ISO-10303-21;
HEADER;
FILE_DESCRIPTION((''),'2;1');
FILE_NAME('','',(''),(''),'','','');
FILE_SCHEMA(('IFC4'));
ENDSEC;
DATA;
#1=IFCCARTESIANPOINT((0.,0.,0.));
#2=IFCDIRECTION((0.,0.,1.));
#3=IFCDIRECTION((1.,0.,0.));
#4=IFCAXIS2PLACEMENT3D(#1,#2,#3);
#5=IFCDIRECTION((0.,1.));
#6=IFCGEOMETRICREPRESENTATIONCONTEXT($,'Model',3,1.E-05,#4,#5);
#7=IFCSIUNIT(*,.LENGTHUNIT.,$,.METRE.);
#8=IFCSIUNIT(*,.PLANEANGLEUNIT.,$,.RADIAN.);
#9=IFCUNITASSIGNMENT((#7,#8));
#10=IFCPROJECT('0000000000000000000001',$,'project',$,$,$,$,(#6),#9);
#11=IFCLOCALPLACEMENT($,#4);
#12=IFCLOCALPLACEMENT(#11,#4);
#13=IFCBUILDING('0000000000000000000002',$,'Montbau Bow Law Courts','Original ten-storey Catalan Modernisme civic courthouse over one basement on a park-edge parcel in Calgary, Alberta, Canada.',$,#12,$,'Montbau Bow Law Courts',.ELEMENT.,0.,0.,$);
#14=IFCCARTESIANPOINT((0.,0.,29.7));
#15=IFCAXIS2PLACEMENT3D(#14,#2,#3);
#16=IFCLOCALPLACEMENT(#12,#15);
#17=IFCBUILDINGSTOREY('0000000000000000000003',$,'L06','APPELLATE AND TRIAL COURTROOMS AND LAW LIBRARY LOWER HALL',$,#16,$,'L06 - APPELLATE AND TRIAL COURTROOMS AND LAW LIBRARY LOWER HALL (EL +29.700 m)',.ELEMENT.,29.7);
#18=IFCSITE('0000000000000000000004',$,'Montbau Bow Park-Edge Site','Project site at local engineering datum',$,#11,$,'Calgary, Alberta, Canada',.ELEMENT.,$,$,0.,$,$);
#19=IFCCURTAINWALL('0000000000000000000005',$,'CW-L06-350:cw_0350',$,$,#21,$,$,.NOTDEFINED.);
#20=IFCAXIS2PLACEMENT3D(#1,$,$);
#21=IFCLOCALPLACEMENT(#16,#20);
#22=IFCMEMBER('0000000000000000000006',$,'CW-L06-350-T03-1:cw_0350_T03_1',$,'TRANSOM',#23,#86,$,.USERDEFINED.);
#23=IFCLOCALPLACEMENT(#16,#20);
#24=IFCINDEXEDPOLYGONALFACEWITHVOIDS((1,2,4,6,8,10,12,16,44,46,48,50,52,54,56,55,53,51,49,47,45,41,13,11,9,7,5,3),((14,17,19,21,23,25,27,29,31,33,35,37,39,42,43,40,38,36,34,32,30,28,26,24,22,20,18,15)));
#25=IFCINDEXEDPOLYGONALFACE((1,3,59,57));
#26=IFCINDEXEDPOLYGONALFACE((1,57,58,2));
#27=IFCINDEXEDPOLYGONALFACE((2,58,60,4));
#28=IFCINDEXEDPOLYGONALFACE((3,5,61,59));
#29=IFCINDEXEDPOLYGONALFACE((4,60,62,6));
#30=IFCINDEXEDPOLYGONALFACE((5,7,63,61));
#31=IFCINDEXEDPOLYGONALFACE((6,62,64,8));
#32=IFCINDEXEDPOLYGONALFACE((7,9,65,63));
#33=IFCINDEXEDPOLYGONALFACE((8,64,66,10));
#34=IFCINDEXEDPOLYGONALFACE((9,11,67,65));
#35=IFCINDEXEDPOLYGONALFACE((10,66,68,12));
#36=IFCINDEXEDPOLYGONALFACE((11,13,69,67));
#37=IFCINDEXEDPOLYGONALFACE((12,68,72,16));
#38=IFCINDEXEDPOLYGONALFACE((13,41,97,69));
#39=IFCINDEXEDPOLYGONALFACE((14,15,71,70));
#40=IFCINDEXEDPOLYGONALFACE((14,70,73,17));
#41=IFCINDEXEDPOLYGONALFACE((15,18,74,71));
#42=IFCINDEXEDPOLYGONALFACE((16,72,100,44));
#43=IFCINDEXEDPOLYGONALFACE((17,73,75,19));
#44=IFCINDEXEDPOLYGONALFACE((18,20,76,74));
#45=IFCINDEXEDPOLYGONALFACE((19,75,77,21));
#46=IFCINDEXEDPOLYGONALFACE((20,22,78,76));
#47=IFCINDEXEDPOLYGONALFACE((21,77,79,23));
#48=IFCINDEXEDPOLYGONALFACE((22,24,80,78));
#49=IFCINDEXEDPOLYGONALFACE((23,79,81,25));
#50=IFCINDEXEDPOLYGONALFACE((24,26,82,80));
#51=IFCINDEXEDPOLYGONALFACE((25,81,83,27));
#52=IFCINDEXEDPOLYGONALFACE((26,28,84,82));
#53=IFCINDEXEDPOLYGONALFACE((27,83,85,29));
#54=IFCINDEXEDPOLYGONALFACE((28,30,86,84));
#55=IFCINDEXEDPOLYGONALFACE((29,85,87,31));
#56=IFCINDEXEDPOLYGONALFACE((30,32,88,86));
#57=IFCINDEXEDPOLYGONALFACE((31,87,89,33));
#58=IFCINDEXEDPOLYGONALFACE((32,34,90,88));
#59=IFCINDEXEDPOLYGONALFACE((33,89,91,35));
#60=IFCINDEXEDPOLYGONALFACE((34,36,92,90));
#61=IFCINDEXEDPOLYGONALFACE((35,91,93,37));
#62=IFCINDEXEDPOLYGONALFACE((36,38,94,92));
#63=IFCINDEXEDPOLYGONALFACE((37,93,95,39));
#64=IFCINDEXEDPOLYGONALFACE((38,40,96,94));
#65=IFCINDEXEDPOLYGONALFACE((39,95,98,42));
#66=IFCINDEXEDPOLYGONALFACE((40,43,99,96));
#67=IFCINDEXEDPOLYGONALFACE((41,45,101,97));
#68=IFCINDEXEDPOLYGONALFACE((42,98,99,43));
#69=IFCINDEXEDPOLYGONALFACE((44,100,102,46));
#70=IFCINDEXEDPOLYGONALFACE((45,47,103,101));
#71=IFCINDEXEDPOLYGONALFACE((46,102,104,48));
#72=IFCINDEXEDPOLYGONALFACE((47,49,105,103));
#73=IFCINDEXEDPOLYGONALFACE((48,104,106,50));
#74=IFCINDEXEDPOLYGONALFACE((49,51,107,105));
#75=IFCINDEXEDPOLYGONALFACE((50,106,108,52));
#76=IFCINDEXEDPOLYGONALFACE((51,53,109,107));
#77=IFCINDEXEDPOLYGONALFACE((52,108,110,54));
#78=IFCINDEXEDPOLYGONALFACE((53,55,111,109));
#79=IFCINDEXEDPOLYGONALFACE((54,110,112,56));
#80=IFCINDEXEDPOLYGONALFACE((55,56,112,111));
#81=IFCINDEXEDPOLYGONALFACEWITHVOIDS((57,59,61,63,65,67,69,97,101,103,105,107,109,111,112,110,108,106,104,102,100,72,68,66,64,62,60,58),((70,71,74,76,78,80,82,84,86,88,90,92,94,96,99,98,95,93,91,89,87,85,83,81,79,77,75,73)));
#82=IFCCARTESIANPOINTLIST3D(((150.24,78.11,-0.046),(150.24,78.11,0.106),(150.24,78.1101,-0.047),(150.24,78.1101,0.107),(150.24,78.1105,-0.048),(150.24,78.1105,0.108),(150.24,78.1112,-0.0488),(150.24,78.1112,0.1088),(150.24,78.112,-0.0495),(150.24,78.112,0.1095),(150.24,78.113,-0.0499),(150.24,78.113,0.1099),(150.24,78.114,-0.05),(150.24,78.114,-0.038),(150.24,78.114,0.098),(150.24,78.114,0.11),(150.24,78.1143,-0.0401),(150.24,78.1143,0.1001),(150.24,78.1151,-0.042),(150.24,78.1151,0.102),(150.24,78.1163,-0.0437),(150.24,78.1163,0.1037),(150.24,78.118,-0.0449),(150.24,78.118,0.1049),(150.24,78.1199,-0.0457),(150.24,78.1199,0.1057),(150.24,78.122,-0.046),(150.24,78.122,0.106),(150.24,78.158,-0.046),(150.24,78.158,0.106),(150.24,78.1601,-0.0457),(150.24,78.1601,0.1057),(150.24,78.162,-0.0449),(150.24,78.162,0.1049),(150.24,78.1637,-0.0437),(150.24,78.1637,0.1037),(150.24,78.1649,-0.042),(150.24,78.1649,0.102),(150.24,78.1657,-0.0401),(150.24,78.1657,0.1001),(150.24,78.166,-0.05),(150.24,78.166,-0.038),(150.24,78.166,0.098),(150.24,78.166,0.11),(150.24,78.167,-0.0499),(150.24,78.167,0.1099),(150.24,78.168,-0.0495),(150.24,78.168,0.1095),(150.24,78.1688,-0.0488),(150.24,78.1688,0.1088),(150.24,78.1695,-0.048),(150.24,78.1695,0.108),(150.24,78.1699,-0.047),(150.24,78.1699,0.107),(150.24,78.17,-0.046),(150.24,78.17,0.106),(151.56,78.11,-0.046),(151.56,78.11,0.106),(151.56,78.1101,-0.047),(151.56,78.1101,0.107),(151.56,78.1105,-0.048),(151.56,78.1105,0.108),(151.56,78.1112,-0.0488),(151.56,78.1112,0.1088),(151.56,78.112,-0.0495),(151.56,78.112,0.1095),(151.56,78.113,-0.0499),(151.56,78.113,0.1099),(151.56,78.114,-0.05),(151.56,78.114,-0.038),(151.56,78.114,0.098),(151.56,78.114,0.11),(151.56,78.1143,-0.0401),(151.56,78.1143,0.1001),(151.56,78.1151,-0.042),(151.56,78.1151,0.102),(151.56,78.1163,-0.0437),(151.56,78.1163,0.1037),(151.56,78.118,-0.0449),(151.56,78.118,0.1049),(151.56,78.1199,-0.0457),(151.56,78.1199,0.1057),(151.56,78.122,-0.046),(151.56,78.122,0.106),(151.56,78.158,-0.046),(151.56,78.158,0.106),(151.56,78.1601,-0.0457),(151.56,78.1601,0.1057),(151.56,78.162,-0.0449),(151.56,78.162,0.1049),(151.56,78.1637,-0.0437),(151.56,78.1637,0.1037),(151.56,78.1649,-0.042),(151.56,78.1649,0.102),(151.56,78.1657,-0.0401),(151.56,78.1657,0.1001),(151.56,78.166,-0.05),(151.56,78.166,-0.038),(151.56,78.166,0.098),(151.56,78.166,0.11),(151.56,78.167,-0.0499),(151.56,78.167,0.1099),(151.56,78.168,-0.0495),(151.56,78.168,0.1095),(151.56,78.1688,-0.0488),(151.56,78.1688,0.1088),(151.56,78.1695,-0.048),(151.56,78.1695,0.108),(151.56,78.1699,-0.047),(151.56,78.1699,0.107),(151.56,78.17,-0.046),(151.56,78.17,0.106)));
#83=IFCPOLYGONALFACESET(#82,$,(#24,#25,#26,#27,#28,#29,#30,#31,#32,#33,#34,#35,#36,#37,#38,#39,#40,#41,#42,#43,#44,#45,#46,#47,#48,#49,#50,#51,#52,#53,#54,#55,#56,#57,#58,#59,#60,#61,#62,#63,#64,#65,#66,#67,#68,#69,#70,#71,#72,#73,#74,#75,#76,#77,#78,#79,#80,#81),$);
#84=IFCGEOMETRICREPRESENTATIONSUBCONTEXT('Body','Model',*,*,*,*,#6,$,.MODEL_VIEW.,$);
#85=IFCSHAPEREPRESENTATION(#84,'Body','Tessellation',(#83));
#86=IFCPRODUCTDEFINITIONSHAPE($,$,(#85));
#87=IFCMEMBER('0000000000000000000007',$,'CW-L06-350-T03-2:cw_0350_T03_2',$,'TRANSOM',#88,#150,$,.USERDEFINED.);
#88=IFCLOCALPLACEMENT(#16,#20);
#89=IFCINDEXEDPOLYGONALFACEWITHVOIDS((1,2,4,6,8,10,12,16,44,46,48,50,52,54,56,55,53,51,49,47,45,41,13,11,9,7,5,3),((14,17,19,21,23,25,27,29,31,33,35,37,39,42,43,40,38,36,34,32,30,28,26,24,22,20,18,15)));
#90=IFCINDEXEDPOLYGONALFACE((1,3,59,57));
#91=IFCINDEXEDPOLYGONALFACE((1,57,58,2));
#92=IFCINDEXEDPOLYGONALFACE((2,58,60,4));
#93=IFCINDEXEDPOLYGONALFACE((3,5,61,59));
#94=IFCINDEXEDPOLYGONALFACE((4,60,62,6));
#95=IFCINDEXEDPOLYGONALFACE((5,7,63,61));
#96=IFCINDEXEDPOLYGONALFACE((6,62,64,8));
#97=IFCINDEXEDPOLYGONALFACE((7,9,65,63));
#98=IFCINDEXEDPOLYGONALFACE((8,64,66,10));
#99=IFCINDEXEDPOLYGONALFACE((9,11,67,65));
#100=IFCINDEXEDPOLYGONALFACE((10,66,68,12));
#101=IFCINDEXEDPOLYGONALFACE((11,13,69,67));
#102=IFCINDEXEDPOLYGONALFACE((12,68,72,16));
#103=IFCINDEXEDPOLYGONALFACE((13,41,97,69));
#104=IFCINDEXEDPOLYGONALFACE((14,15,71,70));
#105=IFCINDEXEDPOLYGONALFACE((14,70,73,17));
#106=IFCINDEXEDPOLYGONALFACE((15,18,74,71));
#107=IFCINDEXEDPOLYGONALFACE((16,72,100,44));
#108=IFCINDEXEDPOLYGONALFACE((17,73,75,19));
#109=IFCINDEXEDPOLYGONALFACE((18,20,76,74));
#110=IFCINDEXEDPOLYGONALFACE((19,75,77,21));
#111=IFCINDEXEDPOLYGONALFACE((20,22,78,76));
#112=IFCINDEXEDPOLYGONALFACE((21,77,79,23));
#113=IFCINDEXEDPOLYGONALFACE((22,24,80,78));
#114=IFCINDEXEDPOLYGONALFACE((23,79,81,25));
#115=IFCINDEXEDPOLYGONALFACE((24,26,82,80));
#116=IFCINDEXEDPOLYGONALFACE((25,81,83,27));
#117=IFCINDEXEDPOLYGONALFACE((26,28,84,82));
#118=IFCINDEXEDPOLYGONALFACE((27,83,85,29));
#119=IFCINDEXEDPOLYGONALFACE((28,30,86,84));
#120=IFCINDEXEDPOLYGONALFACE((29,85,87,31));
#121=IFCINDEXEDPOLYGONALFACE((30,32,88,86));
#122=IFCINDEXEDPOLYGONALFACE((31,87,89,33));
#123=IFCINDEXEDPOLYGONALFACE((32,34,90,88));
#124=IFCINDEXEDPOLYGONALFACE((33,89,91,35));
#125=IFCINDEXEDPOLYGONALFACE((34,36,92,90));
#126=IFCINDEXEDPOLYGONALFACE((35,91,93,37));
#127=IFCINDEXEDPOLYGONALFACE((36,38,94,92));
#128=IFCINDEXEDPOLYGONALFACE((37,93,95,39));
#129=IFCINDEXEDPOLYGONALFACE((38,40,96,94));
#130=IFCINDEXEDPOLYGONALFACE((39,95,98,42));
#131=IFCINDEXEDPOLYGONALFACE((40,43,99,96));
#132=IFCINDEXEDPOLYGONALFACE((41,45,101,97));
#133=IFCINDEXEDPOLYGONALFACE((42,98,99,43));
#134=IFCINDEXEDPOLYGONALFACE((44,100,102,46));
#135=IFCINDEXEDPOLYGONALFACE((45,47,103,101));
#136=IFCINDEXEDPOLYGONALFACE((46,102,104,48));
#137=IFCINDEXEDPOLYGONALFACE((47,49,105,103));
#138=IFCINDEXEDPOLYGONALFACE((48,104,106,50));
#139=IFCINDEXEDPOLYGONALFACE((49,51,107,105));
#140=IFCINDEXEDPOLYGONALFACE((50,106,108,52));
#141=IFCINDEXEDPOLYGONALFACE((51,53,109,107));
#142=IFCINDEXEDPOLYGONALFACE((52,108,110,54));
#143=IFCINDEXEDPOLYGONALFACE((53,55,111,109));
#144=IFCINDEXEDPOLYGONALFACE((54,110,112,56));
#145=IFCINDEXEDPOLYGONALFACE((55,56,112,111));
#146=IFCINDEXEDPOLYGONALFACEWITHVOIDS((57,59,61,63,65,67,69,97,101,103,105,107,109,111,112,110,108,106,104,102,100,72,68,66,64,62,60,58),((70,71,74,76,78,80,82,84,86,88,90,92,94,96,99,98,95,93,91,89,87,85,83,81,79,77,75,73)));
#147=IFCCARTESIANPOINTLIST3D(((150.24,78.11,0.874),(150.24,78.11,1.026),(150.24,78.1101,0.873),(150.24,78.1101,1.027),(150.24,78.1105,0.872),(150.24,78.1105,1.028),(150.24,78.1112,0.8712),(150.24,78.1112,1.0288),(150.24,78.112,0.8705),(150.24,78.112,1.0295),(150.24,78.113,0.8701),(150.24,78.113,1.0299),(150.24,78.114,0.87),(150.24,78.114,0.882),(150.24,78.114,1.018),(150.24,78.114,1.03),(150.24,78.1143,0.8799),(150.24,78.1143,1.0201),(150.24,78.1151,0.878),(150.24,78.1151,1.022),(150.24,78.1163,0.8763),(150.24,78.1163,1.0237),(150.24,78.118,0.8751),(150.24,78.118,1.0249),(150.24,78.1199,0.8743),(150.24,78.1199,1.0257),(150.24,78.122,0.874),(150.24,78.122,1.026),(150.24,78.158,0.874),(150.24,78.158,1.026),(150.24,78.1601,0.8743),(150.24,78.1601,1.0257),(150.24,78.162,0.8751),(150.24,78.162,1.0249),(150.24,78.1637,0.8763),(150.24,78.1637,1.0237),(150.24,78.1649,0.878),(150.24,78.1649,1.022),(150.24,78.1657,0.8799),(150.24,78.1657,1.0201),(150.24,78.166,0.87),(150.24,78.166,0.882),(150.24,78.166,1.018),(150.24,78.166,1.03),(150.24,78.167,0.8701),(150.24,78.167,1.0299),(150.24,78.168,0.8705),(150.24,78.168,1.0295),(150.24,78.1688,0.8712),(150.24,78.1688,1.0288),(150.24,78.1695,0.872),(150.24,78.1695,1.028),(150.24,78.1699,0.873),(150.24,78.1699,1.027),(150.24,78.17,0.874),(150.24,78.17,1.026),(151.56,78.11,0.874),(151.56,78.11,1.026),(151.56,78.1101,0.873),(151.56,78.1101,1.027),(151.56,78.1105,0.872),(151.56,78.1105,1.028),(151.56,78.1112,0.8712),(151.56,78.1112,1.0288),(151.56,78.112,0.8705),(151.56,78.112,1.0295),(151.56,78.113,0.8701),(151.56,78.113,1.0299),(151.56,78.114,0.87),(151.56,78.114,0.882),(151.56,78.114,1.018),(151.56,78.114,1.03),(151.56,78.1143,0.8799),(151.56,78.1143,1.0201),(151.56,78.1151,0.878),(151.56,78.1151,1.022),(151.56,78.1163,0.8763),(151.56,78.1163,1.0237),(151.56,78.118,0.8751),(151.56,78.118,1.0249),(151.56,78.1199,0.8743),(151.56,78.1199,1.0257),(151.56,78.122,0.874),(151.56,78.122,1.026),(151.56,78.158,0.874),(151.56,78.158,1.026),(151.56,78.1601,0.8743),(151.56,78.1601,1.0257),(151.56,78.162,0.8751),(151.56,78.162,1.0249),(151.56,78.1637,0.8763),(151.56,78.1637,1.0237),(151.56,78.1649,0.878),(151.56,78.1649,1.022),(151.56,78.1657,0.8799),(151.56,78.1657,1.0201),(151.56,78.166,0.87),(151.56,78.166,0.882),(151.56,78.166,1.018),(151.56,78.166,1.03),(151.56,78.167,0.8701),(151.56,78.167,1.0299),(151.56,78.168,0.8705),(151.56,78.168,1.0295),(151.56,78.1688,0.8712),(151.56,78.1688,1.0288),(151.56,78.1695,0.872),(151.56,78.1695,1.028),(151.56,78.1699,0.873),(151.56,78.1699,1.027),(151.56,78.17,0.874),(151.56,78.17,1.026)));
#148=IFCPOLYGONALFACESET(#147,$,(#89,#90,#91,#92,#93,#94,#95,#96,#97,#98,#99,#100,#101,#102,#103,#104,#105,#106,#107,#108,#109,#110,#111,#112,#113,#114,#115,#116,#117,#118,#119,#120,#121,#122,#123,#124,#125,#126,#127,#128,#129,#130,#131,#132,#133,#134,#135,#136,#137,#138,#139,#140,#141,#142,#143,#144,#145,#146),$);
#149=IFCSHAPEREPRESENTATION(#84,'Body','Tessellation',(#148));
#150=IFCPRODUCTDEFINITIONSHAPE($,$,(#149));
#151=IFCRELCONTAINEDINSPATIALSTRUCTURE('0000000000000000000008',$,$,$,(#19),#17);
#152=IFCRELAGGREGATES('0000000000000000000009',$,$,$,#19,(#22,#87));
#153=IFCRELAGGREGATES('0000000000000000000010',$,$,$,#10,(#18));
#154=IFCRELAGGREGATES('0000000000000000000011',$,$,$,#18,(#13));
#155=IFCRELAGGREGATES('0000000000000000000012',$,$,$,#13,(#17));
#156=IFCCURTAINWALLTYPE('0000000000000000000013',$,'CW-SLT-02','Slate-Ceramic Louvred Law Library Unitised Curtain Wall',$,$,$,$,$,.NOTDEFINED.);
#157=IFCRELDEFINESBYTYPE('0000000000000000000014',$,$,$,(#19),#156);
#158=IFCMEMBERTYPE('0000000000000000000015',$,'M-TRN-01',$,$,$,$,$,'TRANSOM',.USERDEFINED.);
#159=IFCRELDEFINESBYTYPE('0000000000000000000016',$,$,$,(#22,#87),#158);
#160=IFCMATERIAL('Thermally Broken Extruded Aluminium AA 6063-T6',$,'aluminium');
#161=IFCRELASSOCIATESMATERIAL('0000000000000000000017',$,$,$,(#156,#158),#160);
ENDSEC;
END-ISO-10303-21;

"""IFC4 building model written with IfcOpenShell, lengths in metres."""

from ifc_helpers import new_model, si_unit, direction, frame, origin_with_axes, origin_2d_with_axis, place, context, subcontext, project, spatial, hollow_rectangle, extrude, material, material_profile, profile_set, type_object, element, aggregate, save


model = new_model("IFC4")

# Units and contexts
model_context = context("Model", 3, precision=1e-05, world=origin_with_axes(), true_north=direction((0.0, 1.0)))
body_context = subcontext(model_context, "Body", "Model", "MODEL_VIEW")
ifc_project = project(units=[si_unit("LENGTHUNIT", "METRE"), si_unit("PLANEANGLEUNIT", "RADIAN")], contexts=[model_context])

# Site, building, storey
site_placement = place(None, origin_with_axes())
site = spatial("IfcSite", under=ifc_project, at=site_placement, Name="Montbau Bow Park-Edge Site", Description="Project site at local engineering datum", LongName="Calgary, Alberta, Canada", CompositionType="ELEMENT", RefElevation=0.0)
building_placement = place(site_placement, origin_with_axes())
building = spatial("IfcBuilding", under=site, at=building_placement, Name="Montbau Bow Law Courts", Description="Original ten-storey Catalan Modernisme civic courthouse over one basement on a park-edge parcel in Calgary, Alberta, Canada.", LongName="Montbau Bow Law Courts", CompositionType="ELEMENT", ElevationOfRefHeight=0.0, ElevationOfTerrain=0.0)
storey_placement = place(building_placement, frame((0.0, 0.0, 29.7), z_axis=(0.0, 0.0, 1.0), x_axis=(1.0, 0.0, 0.0)))
storey = spatial("IfcBuildingStorey", under=building, at=storey_placement, Name="L06", Description="APPELLATE AND TRIAL COURTROOMS AND LAW LIBRARY LOWER HALL", LongName="L06 - APPELLATE AND TRIAL COURTROOMS AND LAW LIBRARY LOWER HALL (EL +29.700 m)", CompositionType="ELEMENT", Elevation=29.7)

# Curtain wall, members
ifc_material_1 = material(Name="Thermally Broken Extruded Aluminium AA 6063-T6", Category="aluminium")
curtain_wall_type = type_object("IfcCurtainWallType", Name="CW-SLT-02", Description="Slate-Ceramic Louvred Law Library Unitised Curtain Wall", PredefinedType="NOTDEFINED", material=ifc_material_1)
curtain_wall_placement = place(None, frame((147.44, 78.14, 29.7), z_axis=(0.0, 0.0, 1.0), x_axis=(1.0, 0.0, 0.0)))
curtain_wall = element("IfcCurtainWall", 1, at=curtain_wall_placement, inside=storey, type_object=curtain_wall_type, Name="CW-L06-350:cw_0350", PredefinedType="NOTDEFINED")
ifc_material_profile_1 = material_profile(ifc_material_1, hollow_rectangle(XDim=0.06, YDim=0.16, WallThickness=0.004, InnerFilletRadius=0.008, OuterFilletRadius=0.004, at=origin_2d_with_axis()), Name="CWT-160X60", Category="Main", Priority=0)
ifc_profile_set_1 = profile_set([ifc_material_profile_1], Name="Thermally Broken Extruded Aluminium AA 6063-T6")
member_type_1 = type_object("IfcMemberType", Name="M-TRN-01", ElementType="TRANSOM", PredefinedType="USERDEFINED", material=ifc_profile_set_1)
member_1_placement = place(None, frame((150.24, 78.14, 29.73), z_axis=(1.0, 0.0, 0.0), x_axis=(0.0, 1.0, 0.0)))
member_1 = element("IfcMember", 2, at=member_1_placement, type_object=member_type_1, Name="CW-L06-350-T03-1:cw_0350_T03_1", ObjectType="TRANSOM", PredefinedType="USERDEFINED", context=body_context, shape_type="SweptSolid", body=[
    extrude(hollow_rectangle(XDim=0.06, YDim=0.16, WallThickness=0.004, InnerFilletRadius=0.008, OuterFilletRadius=0.004, at=origin_2d_with_axis()), origin_with_axes(), (0.0, 0.0, 1.0), 1.32),
])
member_2_placement = place(None, frame((150.24, 78.14, 30.65), z_axis=(1.0, 0.0, 0.0), x_axis=(0.0, 1.0, 0.0)))
member_2 = element("IfcMember", 3, at=member_2_placement, type_object=member_type_1, Name="CW-L06-350-T03-2:cw_0350_T03_2", ObjectType="TRANSOM", PredefinedType="USERDEFINED", context=body_context, shape_type="SweptSolid", body=[
    extrude(hollow_rectangle(XDim=0.06, YDim=0.16, WallThickness=0.004, InnerFilletRadius=0.008, OuterFilletRadius=0.004, at=origin_2d_with_axis()), origin_with_axes(), (0.0, 0.0, 1.0), 1.32),
])
aggregate(curtain_wall, [member_1, member_2])

save(model, "model.ifc")
